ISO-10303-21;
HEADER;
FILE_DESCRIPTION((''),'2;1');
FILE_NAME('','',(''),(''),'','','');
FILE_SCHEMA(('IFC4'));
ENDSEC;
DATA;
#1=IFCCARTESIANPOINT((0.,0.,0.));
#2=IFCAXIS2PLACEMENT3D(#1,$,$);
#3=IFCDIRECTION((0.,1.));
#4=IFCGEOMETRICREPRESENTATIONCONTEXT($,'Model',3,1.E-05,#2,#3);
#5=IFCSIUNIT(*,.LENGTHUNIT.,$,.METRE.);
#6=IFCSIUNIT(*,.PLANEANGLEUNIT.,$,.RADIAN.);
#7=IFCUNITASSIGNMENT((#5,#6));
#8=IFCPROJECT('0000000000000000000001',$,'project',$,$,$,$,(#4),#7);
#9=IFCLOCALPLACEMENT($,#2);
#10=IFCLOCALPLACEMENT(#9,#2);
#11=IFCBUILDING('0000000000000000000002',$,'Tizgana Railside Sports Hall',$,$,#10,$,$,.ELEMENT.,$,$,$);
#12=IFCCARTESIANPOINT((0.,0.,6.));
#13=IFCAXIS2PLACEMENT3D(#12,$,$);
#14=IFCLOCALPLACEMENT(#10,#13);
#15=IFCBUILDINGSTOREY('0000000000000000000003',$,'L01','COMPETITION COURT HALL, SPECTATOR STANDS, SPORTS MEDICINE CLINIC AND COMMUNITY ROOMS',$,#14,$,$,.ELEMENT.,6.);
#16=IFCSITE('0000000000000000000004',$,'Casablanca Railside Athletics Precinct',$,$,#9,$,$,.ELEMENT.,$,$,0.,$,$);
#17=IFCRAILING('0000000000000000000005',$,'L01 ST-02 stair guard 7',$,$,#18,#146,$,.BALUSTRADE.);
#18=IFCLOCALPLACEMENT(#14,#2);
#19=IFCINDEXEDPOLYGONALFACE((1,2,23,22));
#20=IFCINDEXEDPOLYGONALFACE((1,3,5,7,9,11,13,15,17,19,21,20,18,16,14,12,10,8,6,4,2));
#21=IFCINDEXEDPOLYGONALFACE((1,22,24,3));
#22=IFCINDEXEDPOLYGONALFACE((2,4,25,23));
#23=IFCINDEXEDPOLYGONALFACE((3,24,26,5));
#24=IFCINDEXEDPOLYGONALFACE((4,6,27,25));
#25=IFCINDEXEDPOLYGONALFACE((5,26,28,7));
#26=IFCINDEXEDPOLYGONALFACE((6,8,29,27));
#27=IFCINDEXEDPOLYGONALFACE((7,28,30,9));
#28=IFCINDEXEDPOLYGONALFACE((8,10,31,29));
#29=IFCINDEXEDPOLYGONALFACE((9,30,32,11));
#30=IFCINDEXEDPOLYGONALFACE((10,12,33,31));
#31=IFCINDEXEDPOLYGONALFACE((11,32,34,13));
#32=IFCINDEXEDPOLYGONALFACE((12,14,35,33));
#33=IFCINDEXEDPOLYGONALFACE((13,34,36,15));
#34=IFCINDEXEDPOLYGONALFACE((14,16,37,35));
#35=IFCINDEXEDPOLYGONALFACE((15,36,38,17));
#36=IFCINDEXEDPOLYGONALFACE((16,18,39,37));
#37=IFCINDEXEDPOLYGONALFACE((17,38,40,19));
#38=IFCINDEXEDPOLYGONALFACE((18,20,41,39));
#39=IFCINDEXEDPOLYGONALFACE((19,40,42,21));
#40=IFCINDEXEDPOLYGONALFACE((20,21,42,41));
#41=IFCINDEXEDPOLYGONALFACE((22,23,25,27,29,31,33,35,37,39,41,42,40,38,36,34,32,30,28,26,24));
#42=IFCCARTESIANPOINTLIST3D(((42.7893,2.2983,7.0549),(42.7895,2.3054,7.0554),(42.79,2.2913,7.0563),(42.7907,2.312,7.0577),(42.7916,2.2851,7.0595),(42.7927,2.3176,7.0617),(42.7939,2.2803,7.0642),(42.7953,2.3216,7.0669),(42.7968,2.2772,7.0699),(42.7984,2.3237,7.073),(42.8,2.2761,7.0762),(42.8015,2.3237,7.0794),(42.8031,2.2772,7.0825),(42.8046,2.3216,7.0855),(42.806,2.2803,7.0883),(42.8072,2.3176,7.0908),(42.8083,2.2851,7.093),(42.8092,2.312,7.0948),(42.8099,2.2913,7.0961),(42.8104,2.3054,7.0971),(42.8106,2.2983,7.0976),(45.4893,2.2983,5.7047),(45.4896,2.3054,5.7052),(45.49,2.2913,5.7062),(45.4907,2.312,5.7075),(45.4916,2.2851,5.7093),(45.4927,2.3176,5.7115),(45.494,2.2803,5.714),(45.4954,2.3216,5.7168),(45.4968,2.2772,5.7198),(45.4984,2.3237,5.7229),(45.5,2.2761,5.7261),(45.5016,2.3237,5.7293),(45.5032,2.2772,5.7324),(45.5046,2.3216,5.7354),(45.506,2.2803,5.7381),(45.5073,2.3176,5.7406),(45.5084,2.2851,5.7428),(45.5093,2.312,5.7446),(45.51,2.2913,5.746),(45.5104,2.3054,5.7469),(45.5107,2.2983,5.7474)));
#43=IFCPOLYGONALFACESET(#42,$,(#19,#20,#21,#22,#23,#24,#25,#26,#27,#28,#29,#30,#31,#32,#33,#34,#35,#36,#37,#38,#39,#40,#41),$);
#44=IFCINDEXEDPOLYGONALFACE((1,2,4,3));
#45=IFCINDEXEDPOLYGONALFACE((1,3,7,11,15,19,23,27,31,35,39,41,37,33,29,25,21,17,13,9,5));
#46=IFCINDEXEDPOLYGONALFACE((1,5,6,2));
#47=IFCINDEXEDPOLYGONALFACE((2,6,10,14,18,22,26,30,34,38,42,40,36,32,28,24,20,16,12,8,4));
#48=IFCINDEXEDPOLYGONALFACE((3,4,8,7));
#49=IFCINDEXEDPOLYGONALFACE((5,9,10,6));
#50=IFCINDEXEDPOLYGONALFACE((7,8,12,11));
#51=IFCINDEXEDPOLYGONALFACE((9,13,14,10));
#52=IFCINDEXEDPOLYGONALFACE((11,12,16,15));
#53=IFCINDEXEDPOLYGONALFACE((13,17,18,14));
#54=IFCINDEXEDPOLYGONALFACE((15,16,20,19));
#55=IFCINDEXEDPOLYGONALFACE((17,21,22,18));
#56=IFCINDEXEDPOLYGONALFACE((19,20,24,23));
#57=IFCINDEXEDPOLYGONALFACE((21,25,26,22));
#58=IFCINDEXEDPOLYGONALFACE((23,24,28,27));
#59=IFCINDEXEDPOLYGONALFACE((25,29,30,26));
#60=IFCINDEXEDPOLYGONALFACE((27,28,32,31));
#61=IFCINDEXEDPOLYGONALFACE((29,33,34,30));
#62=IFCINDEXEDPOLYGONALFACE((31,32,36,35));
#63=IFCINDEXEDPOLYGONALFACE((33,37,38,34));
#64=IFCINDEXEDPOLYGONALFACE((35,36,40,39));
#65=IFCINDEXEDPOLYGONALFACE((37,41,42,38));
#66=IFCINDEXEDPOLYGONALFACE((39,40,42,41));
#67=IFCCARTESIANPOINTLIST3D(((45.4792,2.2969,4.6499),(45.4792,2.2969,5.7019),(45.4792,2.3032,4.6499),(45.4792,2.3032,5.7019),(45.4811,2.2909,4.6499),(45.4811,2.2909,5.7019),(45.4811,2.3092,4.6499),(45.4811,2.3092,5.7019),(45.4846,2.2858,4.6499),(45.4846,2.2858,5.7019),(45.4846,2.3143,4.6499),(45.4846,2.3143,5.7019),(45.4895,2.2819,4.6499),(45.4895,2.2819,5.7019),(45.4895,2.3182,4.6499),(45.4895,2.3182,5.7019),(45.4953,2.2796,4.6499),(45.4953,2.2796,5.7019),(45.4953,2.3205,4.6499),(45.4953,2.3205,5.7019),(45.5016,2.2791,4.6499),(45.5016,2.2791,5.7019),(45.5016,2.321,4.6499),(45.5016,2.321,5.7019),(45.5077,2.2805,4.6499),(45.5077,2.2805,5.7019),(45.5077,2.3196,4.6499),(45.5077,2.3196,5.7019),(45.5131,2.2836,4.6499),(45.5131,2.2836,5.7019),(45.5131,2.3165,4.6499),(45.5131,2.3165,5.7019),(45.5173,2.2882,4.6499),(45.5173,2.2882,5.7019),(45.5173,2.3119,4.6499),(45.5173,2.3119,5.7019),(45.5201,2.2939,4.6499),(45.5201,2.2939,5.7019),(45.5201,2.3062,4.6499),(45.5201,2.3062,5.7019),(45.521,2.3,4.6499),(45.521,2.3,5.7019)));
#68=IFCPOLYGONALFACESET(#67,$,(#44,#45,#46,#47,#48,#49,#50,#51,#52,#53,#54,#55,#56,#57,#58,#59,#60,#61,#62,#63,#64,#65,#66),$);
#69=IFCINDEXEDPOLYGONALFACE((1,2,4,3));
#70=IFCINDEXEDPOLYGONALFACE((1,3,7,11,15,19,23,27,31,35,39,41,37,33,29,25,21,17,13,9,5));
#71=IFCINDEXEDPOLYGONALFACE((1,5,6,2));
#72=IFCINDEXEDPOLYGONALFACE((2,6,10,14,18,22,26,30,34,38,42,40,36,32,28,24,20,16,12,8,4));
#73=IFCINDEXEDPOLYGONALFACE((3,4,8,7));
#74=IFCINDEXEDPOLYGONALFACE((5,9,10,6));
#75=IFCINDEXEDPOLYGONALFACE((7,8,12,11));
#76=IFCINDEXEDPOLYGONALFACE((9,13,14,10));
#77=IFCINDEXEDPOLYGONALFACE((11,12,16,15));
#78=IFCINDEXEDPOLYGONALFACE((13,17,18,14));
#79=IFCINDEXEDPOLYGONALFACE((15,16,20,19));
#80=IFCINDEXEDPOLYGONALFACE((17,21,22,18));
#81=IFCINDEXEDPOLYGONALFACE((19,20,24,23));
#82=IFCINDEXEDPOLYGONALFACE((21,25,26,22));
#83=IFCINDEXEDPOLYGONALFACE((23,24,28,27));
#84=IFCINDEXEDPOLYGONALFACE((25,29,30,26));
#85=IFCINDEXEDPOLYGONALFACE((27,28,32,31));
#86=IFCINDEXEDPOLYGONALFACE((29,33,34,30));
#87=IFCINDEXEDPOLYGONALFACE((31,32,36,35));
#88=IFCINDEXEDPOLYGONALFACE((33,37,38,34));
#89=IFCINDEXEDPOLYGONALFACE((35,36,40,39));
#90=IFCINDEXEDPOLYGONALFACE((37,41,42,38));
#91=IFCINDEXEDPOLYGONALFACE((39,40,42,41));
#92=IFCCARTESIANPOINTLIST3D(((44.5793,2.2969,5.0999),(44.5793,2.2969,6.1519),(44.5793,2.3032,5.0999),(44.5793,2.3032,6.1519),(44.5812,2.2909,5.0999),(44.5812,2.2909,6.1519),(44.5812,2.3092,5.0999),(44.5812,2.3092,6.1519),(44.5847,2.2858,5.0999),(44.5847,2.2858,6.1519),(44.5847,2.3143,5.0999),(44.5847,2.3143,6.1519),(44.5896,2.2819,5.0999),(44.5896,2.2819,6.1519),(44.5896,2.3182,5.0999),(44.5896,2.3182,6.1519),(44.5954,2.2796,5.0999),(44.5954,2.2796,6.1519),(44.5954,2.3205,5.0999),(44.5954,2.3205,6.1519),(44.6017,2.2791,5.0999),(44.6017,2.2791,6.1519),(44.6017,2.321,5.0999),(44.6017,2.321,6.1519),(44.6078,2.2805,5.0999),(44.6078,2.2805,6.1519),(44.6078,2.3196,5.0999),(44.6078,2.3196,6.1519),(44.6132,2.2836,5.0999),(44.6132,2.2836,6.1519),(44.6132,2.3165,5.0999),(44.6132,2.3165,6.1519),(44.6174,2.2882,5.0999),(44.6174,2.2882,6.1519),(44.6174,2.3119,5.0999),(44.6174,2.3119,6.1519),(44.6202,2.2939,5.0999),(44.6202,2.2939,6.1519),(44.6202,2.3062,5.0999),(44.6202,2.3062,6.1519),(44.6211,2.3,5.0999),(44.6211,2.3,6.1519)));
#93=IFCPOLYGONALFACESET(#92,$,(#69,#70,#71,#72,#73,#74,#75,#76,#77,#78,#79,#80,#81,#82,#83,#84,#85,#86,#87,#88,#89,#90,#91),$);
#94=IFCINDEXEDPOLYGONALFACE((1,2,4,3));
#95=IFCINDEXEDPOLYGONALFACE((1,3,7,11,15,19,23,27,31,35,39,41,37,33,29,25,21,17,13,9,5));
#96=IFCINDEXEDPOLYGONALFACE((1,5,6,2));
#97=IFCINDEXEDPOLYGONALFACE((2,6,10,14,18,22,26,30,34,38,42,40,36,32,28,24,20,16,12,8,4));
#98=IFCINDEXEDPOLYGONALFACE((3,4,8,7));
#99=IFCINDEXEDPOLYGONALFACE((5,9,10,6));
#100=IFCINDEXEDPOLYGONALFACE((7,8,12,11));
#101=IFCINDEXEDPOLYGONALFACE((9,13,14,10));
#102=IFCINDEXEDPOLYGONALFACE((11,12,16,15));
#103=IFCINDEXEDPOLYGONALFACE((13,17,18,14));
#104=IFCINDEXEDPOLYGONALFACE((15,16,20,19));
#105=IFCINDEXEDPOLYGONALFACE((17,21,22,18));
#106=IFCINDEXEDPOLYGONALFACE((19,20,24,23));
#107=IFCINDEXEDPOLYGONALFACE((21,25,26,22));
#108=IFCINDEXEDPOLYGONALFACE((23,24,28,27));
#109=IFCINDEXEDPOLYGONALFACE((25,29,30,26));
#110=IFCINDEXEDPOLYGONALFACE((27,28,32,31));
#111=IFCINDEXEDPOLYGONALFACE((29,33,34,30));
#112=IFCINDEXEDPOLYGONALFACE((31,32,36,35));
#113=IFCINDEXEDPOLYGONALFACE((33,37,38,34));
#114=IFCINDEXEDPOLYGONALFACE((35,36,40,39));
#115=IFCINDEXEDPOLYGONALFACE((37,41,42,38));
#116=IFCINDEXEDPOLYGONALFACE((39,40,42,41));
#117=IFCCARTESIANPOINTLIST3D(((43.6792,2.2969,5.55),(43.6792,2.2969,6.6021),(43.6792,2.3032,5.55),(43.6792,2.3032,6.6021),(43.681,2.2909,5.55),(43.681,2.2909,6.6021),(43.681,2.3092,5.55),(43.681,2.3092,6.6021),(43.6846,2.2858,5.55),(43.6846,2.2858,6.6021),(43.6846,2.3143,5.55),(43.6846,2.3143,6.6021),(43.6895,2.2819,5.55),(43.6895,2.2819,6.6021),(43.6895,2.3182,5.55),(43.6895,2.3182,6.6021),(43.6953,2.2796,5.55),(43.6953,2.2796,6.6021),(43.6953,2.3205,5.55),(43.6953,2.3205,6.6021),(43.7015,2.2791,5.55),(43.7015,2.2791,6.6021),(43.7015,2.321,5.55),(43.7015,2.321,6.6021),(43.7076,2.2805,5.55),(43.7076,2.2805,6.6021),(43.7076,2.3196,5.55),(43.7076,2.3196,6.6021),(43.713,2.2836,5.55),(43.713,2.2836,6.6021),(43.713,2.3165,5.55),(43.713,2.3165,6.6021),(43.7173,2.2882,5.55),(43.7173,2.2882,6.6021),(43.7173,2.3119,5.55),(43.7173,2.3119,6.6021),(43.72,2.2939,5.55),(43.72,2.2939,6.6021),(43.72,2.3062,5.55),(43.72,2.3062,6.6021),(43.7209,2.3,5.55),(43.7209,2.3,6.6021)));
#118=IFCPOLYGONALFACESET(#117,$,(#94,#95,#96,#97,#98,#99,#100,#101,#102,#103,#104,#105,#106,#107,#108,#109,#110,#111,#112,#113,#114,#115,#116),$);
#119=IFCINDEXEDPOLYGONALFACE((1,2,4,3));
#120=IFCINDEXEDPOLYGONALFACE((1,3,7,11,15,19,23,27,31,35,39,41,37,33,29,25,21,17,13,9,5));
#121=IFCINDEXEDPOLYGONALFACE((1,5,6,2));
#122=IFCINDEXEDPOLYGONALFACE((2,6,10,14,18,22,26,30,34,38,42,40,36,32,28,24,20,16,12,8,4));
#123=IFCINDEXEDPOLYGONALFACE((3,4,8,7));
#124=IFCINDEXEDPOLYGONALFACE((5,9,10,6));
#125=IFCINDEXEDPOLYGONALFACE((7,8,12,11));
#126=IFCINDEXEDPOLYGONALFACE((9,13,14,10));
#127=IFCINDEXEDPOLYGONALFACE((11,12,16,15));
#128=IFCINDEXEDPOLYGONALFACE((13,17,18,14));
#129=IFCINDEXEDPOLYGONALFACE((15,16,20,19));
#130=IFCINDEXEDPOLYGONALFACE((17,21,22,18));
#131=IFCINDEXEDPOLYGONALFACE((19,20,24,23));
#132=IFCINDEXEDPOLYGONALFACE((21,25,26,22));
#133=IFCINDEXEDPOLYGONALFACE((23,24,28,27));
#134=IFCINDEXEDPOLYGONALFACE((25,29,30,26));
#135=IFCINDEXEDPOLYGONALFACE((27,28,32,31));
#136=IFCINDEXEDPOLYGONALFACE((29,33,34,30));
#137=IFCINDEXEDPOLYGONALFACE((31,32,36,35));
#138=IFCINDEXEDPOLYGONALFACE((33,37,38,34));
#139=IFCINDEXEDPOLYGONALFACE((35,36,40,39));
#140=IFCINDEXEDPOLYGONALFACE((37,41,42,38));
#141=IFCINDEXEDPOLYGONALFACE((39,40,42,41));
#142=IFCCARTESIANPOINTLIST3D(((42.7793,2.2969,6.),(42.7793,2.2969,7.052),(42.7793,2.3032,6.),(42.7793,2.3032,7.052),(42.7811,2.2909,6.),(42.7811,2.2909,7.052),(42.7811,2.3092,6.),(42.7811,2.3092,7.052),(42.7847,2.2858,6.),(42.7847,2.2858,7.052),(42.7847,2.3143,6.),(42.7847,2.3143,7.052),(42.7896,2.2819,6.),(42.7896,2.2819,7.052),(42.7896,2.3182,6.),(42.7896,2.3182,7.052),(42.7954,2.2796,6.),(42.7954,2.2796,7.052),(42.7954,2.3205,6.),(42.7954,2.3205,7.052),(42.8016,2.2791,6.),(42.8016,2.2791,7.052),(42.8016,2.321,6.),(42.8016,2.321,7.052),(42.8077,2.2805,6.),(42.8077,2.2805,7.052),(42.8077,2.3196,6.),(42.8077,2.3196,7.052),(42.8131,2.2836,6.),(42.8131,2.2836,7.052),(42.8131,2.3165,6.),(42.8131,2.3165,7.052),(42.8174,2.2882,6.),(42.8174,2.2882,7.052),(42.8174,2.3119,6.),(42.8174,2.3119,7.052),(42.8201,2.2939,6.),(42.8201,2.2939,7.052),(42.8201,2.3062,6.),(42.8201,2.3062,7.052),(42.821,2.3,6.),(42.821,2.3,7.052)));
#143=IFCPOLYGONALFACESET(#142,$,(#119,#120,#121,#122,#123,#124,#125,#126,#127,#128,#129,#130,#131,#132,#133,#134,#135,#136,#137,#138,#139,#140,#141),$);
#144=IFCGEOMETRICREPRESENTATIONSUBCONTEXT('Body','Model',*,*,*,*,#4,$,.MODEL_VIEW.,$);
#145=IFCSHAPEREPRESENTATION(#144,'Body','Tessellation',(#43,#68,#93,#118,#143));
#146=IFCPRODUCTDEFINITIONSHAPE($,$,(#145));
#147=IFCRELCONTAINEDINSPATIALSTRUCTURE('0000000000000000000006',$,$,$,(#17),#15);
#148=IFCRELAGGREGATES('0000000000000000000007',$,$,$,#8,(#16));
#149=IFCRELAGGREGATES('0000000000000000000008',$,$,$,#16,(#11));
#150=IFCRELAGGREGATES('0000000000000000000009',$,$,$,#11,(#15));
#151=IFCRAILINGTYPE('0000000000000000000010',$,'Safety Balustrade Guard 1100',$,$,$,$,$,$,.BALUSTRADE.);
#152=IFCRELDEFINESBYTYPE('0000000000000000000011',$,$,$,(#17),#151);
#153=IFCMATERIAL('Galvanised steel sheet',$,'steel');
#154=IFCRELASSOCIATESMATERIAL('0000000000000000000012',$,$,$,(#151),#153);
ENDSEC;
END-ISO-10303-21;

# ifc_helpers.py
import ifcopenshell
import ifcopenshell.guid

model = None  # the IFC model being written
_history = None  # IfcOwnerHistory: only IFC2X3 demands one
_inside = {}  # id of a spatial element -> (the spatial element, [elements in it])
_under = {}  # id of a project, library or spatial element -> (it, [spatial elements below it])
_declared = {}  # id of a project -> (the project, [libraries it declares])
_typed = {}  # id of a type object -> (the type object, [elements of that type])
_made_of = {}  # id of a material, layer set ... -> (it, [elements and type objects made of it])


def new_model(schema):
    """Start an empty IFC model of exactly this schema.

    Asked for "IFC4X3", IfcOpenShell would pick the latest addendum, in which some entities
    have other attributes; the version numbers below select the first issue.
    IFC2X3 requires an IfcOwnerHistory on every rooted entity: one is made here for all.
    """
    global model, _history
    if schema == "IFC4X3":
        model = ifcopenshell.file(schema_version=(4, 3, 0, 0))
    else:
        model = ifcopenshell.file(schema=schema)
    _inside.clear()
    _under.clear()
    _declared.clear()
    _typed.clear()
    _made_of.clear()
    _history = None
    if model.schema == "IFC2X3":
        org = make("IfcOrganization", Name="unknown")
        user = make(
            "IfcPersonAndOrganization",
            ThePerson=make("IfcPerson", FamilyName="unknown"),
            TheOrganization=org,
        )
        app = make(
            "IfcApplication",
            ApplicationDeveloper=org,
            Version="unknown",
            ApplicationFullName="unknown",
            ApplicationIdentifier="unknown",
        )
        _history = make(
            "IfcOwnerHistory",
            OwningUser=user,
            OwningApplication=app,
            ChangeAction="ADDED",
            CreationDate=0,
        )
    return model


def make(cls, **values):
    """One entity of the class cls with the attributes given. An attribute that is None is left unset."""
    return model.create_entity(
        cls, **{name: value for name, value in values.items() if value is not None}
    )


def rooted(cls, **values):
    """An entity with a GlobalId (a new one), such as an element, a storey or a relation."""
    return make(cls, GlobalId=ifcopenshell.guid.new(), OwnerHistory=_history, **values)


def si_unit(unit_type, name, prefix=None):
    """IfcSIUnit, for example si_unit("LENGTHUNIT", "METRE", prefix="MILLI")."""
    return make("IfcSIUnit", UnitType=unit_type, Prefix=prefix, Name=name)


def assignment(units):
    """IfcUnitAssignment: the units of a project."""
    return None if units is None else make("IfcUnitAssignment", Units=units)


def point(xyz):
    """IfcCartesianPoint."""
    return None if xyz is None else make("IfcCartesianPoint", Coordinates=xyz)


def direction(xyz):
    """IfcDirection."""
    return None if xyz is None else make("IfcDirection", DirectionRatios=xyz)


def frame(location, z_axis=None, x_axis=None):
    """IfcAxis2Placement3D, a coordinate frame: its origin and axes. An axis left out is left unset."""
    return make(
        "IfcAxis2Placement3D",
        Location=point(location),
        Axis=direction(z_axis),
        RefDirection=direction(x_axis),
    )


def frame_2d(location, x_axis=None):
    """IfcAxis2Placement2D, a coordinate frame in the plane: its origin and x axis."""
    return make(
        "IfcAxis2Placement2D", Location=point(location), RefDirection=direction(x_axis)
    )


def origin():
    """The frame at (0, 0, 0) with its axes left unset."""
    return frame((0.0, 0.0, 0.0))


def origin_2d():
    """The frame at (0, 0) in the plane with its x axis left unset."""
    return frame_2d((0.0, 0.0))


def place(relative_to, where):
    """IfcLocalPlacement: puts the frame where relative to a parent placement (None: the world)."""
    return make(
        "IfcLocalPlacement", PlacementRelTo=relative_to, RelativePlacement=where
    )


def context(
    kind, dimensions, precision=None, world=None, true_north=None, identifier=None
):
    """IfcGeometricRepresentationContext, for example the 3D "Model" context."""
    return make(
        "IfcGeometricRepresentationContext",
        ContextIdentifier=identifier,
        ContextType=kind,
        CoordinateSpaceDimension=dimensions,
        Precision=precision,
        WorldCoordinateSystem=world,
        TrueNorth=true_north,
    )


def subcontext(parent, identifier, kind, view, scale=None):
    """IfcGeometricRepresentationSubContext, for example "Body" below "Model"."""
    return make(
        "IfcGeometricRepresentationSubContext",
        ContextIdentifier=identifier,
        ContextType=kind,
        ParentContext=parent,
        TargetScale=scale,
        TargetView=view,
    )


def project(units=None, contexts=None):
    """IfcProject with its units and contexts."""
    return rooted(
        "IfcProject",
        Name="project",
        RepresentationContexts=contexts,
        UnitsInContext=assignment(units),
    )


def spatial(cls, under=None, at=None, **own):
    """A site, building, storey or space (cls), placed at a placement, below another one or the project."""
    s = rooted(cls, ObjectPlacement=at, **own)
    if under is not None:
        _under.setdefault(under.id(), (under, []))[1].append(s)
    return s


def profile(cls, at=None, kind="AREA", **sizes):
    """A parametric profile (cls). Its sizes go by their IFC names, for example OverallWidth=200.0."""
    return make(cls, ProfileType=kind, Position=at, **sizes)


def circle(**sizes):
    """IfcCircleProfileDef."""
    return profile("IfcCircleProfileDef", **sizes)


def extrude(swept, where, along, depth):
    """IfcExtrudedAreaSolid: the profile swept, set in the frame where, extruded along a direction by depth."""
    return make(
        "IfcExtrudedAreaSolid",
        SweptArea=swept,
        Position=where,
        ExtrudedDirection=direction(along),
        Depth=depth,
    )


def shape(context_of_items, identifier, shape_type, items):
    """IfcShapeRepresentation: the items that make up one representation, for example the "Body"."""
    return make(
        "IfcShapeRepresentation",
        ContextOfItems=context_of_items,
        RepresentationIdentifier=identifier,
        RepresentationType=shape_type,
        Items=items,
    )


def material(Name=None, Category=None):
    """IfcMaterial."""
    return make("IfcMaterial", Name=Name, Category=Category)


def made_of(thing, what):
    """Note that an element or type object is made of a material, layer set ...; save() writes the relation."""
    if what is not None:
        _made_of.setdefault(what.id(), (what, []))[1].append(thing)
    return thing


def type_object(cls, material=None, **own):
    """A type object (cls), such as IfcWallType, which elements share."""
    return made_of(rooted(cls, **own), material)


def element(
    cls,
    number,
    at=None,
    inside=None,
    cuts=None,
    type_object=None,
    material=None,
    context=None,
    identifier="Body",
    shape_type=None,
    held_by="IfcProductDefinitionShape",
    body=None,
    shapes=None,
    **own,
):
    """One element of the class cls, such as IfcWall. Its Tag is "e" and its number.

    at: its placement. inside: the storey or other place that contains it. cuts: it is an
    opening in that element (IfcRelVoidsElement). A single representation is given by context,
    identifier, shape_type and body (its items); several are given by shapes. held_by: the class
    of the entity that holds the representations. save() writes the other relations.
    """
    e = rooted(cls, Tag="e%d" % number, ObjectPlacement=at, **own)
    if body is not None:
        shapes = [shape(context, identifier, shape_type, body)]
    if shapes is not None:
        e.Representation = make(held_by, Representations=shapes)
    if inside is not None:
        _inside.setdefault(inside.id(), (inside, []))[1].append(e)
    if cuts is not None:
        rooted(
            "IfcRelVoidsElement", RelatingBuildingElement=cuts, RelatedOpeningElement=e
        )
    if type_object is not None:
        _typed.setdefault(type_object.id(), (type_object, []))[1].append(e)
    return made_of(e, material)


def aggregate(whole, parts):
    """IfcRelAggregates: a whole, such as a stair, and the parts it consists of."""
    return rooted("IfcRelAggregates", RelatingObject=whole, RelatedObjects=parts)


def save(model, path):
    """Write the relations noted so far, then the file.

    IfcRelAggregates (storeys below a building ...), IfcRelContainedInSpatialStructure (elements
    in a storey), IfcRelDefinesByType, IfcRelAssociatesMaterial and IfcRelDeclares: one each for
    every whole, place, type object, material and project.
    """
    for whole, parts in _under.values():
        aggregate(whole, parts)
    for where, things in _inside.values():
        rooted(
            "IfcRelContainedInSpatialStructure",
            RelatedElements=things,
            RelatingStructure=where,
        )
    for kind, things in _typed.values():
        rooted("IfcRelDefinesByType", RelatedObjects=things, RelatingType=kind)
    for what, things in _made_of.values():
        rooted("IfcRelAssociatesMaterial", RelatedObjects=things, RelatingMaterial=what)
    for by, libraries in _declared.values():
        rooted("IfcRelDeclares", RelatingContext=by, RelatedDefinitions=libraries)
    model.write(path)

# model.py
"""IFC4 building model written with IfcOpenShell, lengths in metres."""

from ifc_helpers import new_model, si_unit, direction, frame, origin, origin_2d, place, context, subcontext, project, spatial, circle, extrude, material, type_object, element, save


model = new_model("IFC4")

# Units and contexts
model_context = context("Model", 3, precision=1e-05, world=origin(), true_north=direction((0.0, 1.0)))
body_context = subcontext(model_context, "Body", "Model", "MODEL_VIEW")
ifc_project = project(units=[si_unit("LENGTHUNIT", "METRE"), si_unit("PLANEANGLEUNIT", "RADIAN")], contexts=[model_context])

# Site, building, storey
site_placement = place(None, origin())
site = spatial("IfcSite", under=ifc_project, at=site_placement, Name="Casablanca Railside Athletics Precinct", CompositionType="ELEMENT", RefElevation=0.0)
building_placement = place(site_placement, origin())
building = spatial("IfcBuilding", under=site, at=building_placement, Name="Tizgana Railside Sports Hall", CompositionType="ELEMENT")
storey_placement = place(building_placement, frame((0.0, 0.0, 6.0)))
storey = spatial("IfcBuildingStorey", under=building, at=storey_placement, Name="L01", Description="COMPETITION COURT HALL, SPECTATOR STANDS, SPORTS MEDICINE CLINIC AND COMMUNITY ROOMS", CompositionType="ELEMENT", Elevation=6.0)

# Railing
ifc_material_1 = material(Name="Galvanised steel sheet", Category="steel")
railing_type_1 = type_object("IfcRailingType", Name="Safety Balustrade Guard 1100", PredefinedType="BALUSTRADE", material=ifc_material_1)
for number, where, name in (
    (1, (45.5, 2.3, 4.6499), "L01 ST-02 stair guard 7"),
):
    element("IfcRailing", number, at=place(storey_placement, frame(where)), inside=storey, type_object=railing_type_1, Name=name, PredefinedType="BALUSTRADE", context=body_context, shape_type="SweptSolid", body=[
        extrude(circle(Radius=0.0239, at=origin_2d()), frame((0.0, 0.0, 1.0762), z_axis=(-0.894411, 0.0, 0.447246), x_axis=(0.0, -1.0, 0.0)), (0.0, 0.0, 1.0), 3.0188),
        extrude(circle(Radius=0.021, at=origin_2d()), origin(), (0.0, 0.0, 1.0), 1.052),
        extrude(circle(Radius=0.021, at=origin_2d()), frame((-0.8999, 0.0, 0.45)), (0.0, 0.0, 1.0), 1.052),
        extrude(circle(Radius=0.021, at=origin_2d()), frame((-1.8, 0.0, 0.9001)), (0.0, 0.0, 1.0), 1.052),
        extrude(circle(Radius=0.021, at=origin_2d()), frame((-2.7, 0.0, 1.3501)), (0.0, 0.0, 1.0), 1.052),
    ])

save(model, "model.ifc")
